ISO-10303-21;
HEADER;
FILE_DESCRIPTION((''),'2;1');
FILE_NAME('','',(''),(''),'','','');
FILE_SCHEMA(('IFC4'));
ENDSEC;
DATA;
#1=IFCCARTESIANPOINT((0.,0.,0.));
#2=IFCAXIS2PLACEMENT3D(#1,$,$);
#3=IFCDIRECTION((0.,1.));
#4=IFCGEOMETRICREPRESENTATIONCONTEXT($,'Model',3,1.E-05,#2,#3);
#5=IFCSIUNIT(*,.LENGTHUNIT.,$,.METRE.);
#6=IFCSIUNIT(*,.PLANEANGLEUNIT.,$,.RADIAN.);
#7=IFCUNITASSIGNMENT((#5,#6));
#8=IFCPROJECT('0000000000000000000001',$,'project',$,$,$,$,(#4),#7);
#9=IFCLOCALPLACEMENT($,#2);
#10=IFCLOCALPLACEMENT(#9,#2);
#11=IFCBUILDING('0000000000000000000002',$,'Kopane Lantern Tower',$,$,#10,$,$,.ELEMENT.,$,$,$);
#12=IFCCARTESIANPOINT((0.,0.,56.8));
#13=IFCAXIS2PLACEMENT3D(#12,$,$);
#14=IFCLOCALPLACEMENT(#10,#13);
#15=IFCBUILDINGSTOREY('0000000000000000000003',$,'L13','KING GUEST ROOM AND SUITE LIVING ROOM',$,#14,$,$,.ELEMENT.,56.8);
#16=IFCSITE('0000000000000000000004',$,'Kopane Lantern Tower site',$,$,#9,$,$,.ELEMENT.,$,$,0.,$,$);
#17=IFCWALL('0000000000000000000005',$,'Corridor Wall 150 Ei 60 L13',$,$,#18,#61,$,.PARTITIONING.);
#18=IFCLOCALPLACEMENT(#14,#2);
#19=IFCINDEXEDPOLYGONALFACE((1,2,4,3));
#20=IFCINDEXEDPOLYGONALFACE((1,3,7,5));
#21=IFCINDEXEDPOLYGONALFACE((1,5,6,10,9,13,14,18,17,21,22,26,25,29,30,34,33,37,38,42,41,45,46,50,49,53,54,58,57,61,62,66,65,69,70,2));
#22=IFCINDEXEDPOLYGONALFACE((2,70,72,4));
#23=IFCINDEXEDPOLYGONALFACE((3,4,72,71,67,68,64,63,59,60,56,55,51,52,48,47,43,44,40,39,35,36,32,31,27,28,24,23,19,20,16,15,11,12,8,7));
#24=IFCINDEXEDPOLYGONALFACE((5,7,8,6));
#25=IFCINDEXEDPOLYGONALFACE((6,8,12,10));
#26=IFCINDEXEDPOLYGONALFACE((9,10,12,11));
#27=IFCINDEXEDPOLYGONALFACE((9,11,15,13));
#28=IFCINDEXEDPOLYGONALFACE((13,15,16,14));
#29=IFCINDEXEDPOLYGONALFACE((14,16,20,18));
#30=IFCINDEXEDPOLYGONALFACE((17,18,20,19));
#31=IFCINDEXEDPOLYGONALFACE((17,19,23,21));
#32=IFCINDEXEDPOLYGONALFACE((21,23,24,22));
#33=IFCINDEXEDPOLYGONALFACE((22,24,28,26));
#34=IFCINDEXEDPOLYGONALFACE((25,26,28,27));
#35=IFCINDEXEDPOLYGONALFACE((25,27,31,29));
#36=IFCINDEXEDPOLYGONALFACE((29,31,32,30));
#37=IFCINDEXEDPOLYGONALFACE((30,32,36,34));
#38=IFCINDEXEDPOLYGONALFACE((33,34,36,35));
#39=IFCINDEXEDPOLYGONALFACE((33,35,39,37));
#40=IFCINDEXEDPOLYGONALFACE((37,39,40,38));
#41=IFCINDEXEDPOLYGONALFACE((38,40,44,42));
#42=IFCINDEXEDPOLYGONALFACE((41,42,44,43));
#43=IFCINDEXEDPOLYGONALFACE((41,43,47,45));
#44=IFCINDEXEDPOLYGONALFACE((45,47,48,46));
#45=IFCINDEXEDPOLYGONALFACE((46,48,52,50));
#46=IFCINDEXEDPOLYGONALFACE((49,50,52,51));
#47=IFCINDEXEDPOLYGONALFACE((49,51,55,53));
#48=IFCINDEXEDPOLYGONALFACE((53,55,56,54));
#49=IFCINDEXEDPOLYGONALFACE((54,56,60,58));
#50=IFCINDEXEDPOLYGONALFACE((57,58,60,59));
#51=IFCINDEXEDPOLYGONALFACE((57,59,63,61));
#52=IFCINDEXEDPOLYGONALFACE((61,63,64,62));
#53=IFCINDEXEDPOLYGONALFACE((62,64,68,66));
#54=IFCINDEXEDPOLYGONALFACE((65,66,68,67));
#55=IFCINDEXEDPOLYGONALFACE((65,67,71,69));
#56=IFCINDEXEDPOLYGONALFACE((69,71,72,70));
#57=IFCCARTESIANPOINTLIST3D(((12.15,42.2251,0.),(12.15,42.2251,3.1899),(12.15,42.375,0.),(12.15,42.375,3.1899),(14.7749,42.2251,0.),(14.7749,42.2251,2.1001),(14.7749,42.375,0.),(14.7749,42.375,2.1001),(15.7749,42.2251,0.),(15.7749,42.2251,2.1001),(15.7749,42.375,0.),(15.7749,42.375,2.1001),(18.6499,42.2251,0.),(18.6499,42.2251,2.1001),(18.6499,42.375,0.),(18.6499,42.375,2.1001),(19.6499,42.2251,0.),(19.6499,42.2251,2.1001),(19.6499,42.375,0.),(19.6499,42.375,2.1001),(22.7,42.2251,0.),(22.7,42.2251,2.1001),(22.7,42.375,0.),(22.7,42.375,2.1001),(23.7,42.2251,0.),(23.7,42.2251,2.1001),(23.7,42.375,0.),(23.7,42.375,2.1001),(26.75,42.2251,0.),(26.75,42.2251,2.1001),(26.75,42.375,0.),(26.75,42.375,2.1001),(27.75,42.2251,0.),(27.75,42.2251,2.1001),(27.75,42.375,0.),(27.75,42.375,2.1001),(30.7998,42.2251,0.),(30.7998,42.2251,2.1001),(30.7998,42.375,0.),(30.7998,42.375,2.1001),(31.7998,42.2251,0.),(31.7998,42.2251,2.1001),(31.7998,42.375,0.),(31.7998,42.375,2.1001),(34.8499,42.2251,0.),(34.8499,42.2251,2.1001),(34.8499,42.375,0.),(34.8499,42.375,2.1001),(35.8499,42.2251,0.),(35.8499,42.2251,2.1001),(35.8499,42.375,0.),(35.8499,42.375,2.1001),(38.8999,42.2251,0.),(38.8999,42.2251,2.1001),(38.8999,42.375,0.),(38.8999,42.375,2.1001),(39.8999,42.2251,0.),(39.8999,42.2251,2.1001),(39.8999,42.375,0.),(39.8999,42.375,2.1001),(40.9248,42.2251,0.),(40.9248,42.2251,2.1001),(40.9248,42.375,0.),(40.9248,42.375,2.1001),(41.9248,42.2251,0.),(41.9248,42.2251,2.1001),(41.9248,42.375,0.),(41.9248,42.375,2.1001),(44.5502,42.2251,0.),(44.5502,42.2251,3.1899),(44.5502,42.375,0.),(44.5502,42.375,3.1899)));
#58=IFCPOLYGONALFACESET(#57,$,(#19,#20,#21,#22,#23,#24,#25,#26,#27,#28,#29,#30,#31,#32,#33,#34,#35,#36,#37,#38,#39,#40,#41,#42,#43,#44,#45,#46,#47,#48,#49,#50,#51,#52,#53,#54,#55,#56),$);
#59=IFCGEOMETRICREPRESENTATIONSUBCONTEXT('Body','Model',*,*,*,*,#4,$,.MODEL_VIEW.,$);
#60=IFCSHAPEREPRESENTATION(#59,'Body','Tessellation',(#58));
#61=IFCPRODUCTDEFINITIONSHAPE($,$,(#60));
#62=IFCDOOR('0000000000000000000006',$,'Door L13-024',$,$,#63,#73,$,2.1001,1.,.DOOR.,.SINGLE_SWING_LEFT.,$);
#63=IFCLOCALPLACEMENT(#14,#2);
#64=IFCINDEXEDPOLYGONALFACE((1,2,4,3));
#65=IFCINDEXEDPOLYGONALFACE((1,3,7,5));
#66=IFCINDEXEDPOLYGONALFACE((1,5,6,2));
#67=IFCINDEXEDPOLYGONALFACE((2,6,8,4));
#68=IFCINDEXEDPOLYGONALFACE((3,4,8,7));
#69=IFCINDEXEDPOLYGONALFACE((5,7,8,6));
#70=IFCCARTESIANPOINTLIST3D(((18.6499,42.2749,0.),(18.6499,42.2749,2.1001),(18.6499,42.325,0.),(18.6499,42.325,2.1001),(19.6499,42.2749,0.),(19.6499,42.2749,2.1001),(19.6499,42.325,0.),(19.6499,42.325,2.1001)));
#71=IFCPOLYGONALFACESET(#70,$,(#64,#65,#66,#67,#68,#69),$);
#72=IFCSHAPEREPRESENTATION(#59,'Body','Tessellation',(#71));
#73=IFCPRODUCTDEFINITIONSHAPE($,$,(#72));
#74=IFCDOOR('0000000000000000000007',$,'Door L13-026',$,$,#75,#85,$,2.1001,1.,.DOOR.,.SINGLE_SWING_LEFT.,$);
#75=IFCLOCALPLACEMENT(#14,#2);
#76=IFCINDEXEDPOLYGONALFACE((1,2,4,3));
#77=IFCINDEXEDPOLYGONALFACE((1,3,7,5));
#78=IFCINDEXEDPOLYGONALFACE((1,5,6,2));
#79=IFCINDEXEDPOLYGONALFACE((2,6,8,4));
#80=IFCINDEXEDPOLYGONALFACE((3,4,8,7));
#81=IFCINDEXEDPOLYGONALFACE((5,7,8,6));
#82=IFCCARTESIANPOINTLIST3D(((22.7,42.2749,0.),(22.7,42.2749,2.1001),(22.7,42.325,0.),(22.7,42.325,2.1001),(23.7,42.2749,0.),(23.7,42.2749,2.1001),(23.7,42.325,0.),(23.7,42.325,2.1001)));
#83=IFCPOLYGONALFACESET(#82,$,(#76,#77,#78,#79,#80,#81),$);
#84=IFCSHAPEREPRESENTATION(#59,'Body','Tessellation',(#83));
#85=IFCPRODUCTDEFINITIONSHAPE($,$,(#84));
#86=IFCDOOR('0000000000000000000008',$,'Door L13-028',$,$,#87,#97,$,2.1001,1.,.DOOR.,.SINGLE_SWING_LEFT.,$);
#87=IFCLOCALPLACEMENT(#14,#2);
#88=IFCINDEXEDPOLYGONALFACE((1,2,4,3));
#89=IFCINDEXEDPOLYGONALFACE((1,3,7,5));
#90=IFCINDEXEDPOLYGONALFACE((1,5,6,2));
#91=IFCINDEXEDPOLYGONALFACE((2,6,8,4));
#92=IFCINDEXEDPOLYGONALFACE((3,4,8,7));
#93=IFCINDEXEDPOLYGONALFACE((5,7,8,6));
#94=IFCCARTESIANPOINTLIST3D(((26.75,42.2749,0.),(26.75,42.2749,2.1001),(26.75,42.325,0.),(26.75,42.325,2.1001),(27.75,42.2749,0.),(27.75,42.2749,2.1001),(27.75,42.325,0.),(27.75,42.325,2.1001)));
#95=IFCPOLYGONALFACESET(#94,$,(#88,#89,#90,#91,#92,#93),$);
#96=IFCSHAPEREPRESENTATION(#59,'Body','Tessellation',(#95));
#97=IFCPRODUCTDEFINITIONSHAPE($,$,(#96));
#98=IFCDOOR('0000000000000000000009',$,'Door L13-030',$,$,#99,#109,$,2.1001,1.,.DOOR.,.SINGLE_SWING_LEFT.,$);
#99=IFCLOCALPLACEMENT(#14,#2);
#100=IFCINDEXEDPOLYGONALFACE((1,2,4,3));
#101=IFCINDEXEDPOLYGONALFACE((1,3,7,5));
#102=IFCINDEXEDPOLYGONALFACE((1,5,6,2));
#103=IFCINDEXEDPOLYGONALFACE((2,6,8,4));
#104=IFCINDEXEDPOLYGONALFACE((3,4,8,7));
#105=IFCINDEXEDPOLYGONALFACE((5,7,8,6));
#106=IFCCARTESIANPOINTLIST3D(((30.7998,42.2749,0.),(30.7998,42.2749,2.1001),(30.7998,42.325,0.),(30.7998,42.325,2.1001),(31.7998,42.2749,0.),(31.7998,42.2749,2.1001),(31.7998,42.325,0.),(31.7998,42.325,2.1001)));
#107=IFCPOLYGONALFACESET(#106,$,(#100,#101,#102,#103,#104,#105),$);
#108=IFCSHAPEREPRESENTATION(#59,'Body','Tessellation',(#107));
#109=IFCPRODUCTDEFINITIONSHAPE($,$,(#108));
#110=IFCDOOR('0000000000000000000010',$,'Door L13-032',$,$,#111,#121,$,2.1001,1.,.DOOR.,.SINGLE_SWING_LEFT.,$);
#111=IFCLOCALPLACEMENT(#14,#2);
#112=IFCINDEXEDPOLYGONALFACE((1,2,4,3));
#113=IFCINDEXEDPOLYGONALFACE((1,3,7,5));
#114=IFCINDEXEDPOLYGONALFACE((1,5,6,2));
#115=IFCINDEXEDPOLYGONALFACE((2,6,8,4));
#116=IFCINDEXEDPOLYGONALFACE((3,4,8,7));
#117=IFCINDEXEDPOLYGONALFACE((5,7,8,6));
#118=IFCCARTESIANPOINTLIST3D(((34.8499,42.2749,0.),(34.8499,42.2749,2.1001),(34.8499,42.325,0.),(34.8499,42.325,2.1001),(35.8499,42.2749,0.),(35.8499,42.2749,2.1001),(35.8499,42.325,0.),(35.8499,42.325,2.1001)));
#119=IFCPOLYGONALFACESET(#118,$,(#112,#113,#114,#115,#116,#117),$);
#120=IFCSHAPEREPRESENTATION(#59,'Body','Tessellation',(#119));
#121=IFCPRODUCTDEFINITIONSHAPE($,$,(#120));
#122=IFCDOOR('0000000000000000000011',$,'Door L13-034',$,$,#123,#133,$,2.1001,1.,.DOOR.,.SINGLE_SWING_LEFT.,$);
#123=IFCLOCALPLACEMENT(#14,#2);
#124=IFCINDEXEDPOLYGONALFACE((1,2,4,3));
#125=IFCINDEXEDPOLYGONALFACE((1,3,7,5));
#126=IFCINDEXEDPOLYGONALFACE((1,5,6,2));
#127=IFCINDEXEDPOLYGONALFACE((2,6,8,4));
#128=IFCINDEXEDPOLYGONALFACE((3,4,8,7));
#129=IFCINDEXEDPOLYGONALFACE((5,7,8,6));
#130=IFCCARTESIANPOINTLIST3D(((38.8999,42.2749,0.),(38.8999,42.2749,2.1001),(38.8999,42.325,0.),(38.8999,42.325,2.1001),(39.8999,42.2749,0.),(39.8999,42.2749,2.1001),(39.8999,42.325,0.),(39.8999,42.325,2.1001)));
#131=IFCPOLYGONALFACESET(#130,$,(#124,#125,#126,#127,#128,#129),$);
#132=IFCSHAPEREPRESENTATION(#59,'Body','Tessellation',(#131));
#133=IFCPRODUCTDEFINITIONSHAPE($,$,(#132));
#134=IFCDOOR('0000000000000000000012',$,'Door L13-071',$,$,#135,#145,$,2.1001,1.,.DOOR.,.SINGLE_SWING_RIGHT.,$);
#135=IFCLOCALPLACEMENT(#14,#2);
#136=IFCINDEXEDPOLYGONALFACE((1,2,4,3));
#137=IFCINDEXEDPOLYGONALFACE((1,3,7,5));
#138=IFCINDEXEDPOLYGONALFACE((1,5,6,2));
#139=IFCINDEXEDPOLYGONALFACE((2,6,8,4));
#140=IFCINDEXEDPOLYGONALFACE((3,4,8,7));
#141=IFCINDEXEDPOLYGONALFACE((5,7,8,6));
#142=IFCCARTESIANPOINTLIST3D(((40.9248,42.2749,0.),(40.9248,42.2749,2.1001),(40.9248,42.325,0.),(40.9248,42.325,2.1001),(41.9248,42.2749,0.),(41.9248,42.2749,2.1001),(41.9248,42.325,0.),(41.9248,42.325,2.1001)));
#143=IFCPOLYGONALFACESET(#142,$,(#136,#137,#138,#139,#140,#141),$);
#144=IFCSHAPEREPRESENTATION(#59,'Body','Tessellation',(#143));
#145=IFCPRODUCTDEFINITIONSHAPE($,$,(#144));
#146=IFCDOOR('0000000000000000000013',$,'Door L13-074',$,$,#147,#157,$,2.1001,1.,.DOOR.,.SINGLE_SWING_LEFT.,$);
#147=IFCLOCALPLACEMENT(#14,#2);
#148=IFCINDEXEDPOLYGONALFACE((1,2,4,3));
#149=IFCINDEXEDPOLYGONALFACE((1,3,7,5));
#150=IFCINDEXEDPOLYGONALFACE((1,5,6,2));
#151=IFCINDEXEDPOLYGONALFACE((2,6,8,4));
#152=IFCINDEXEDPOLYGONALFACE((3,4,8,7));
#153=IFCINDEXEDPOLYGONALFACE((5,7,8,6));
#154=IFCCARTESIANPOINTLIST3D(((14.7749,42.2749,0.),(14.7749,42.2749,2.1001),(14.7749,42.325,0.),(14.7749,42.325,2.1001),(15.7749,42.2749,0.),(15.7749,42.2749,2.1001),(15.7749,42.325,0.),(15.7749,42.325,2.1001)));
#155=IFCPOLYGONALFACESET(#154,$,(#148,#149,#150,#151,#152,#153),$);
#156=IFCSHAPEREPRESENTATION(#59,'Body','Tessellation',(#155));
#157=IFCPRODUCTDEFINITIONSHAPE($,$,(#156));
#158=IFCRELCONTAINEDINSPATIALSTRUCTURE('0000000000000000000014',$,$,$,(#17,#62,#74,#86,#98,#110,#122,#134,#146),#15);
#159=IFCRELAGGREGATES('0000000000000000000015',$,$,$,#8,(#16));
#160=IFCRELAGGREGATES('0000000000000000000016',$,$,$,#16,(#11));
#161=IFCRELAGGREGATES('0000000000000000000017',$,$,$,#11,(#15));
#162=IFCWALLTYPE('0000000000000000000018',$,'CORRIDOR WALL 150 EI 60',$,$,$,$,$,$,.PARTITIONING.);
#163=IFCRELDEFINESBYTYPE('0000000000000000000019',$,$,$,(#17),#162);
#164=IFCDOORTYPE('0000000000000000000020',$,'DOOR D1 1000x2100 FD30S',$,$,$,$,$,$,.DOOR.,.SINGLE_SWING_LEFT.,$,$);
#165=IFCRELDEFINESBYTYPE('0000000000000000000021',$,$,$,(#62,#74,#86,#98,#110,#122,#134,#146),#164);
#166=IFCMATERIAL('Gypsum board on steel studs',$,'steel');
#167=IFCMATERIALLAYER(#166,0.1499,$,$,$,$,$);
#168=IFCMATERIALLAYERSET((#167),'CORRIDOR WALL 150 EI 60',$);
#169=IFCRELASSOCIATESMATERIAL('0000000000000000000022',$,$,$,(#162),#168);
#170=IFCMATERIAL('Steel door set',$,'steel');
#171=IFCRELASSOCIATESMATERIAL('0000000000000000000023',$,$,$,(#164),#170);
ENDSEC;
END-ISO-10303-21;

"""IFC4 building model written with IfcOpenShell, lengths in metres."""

from ifc_helpers import new_model, si_unit, direction, frame, frame_2d, origin, place, context, subcontext, project, spatial, rectangle, extrude, material, layer, layer_set, type_object, element, fill, save


model = new_model("IFC4")

# Units and contexts
model_context = context("Model", 3, precision=1e-05, world=origin(), true_north=direction((0.0, 1.0)))
body_context = subcontext(model_context, "Body", "Model", "MODEL_VIEW")
ifc_project = project(units=[si_unit("LENGTHUNIT", "METRE"), si_unit("PLANEANGLEUNIT", "RADIAN")], contexts=[model_context])

# Site, building, storey
site_placement = place(None, origin())
site = spatial("IfcSite", under=ifc_project, at=site_placement, Name="Kopane Lantern Tower site", CompositionType="ELEMENT", RefElevation=0.0)
building_placement = place(site_placement, origin())
building = spatial("IfcBuilding", under=site, at=building_placement, Name="Kopane Lantern Tower", CompositionType="ELEMENT")
storey_placement = place(building_placement, frame((0.0, 0.0, 56.8)))
storey = spatial("IfcBuildingStorey", under=building, at=storey_placement, Name="L13", Description="KING GUEST ROOM AND SUITE LIVING ROOM", CompositionType="ELEMENT", Elevation=56.8)

# Wall, openings, doors
ifc_material_1 = material(Name="Gypsum board on steel studs", Category="steel")
ifc_layer_1 = layer(ifc_material_1, 0.1499)
ifc_layer_set_1 = layer_set([ifc_layer_1], Name="CORRIDOR WALL 150 EI 60")
wall_type_1 = type_object("IfcWallType", Name="CORRIDOR WALL 150 EI 60", PredefinedType="PARTITIONING", material=ifc_layer_set_1)
wall_1_placement = place(storey_placement, frame((12.1499, 42.3, 0.0), z_axis=(0.0, 0.0, 1.0), x_axis=(1.0, 0.0, 0.0)))
wall_1 = element("IfcWall", 1, at=wall_1_placement, inside=storey, type_object=wall_type_1, Name="Corridor Wall 150 Ei 60 L13", PredefinedType="PARTITIONING", context=body_context, shape_type="SweptSolid", body=[
    extrude(rectangle(XDim=32.4001, YDim=0.1499, at=frame_2d((16.2002, 0.0))), origin(), (0.0, 0.0, 1.0), 3.1899),
])
opening_1_placement = place(wall_1_placement, frame((6.5, 0.0, 0.0)))
opening_1 = element("IfcOpeningElement", 2, at=opening_1_placement, cuts=wall_1, PredefinedType="OPENING", context=body_context, shape_type="SweptSolid", body=[
    extrude(rectangle(XDim=1.0, YDim=2.1001, at=frame_2d((0.5, 1.05))), frame((0.0, 0.085, 0.0), z_axis=(0.0, -1.0, 0.0), x_axis=(1.0, 0.0, 0.0)), (0.0, 0.0, 1.0), 0.1699),
])
opening_2_placement = place(wall_1_placement, frame((10.55, 0.0, 0.0)))
opening_2 = element("IfcOpeningElement", 3, at=opening_2_placement, cuts=wall_1, PredefinedType="OPENING", context=body_context, shape_type="SweptSolid", body=[
    extrude(rectangle(XDim=1.0, YDim=2.1001, at=frame_2d((0.5, 1.05))), frame((0.0, 0.085, 0.0), z_axis=(0.0, -1.0, 0.0), x_axis=(1.0, 0.0, 0.0)), (0.0, 0.0, 1.0), 0.1699),
])
opening_3_placement = place(wall_1_placement, frame((14.6001, 0.0, 0.0)))
opening_3 = element("IfcOpeningElement", 4, at=opening_3_placement, cuts=wall_1, PredefinedType="OPENING", context=body_context, shape_type="SweptSolid", body=[
    extrude(rectangle(XDim=1.0, YDim=2.1001, at=frame_2d((0.5, 1.05))), frame((0.0, 0.085, 0.0), z_axis=(0.0, -1.0, 0.0), x_axis=(1.0, 0.0, 0.0)), (0.0, 0.0, 1.0), 0.1699),
])
opening_4_placement = place(wall_1_placement, frame((18.6499, 0.0, 0.0)))
opening_4 = element("IfcOpeningElement", 5, at=opening_4_placement, cuts=wall_1, PredefinedType="OPENING", context=body_context, shape_type="SweptSolid", body=[
    extrude(rectangle(XDim=1.0, YDim=2.1001, at=frame_2d((0.5, 1.05))), frame((0.0, 0.085, 0.0), z_axis=(0.0, -1.0, 0.0), x_axis=(1.0, 0.0, 0.0)), (0.0, 0.0, 1.0), 0.1699),
])
opening_5_placement = place(wall_1_placement, frame((22.7, 0.0, 0.0)))
opening_5 = element("IfcOpeningElement", 6, at=opening_5_placement, cuts=wall_1, PredefinedType="OPENING", context=body_context, shape_type="SweptSolid", body=[
    extrude(rectangle(XDim=1.0, YDim=2.1001, at=frame_2d((0.5, 1.05))), frame((0.0, 0.085, 0.0), z_axis=(0.0, -1.0, 0.0), x_axis=(1.0, 0.0, 0.0)), (0.0, 0.0, 1.0), 0.1699),
])
opening_6_placement = place(wall_1_placement, frame((26.75, 0.0, 0.0)))
opening_6 = element("IfcOpeningElement", 7, at=opening_6_placement, cuts=wall_1, PredefinedType="OPENING", context=body_context, shape_type="SweptSolid", body=[
    extrude(rectangle(XDim=1.0, YDim=2.1001, at=frame_2d((0.5, 1.05))), frame((0.0, 0.085, 0.0), z_axis=(0.0, -1.0, 0.0), x_axis=(1.0, 0.0, 0.0)), (0.0, 0.0, 1.0), 0.1699),
])
opening_7_placement = place(wall_1_placement, frame((28.7749, 0.0, 0.0)))
opening_7 = element("IfcOpeningElement", 8, at=opening_7_placement, cuts=wall_1, PredefinedType="OPENING", context=body_context, shape_type="SweptSolid", body=[
    extrude(rectangle(XDim=1.0, YDim=2.1001, at=frame_2d((0.5, 1.05))), frame((0.0, 0.085, 0.0), z_axis=(0.0, -1.0, 0.0), x_axis=(1.0, 0.0, 0.0)), (0.0, 0.0, 1.0), 0.1699),
])
opening_8_placement = place(wall_1_placement, frame((2.625, 0.0, 0.0)))
opening_8 = element("IfcOpeningElement", 9, at=opening_8_placement, cuts=wall_1, PredefinedType="OPENING", context=body_context, shape_type="SweptSolid", body=[
    extrude(rectangle(XDim=1.0, YDim=2.1001, at=frame_2d((0.5, 1.05))), frame((0.0, 0.085, 0.0), z_axis=(0.0, -1.0, 0.0), x_axis=(1.0, 0.0, 0.0)), (0.0, 0.0, 1.0), 0.1699),
])
ifc_material_2 = material(Name="Steel door set", Category="steel")
door_type_1 = type_object("IfcDoorType", Name="DOOR D1 1000x2100 FD30S", OperationType="SINGLE_SWING_LEFT", PredefinedType="DOOR", material=ifc_material_2)
door_1_placement = place(opening_1_placement, origin())
door_1 = element("IfcDoor", 10, at=door_1_placement, inside=storey, type_object=door_type_1, Name="Door L13-024", OperationType="SINGLE_SWING_LEFT", OverallHeight=2.1001, OverallWidth=1.0, PredefinedType="DOOR", context=body_context, shape_type="SweptSolid", body=[
    extrude(rectangle(XDim=1.0, YDim=2.1001, at=frame_2d((0.5, 1.05))), frame((0.0, 0.0249, 0.0), z_axis=(0.0, -1.0, 0.0), x_axis=(1.0, 0.0, 0.0)), (0.0, 0.0, 1.0), 0.05),
])
fill(opening_1, door_1)
door_2_placement = place(opening_2_placement, origin())
door_2 = element("IfcDoor", 11, at=door_2_placement, inside=storey, type_object=door_type_1, Name="Door L13-026", OperationType="SINGLE_SWING_LEFT", OverallHeight=2.1001, OverallWidth=1.0, PredefinedType="DOOR", context=body_context, shape_type="SweptSolid", body=[
    extrude(rectangle(XDim=1.0, YDim=2.1001, at=frame_2d((0.5, 1.05))), frame((0.0, 0.0249, 0.0), z_axis=(0.0, -1.0, 0.0), x_axis=(1.0, 0.0, 0.0)), (0.0, 0.0, 1.0), 0.05),
])
fill(opening_2, door_2)
door_3_placement = place(opening_3_placement, origin())
door_3 = element("IfcDoor", 12, at=door_3_placement, inside=storey, type_object=door_type_1, Name="Door L13-028", OperationType="SINGLE_SWING_LEFT", OverallHeight=2.1001, OverallWidth=1.0, PredefinedType="DOOR", context=body_context, shape_type="SweptSolid", body=[
    extrude(rectangle(XDim=1.0, YDim=2.1001, at=frame_2d((0.5, 1.05))), frame((0.0, 0.0249, 0.0), z_axis=(0.0, -1.0, 0.0), x_axis=(1.0, 0.0, 0.0)), (0.0, 0.0, 1.0), 0.05),
])
fill(opening_3, door_3)
door_4_placement = place(opening_4_placement, origin())
door_4 = element("IfcDoor", 13, at=door_4_placement, inside=storey, type_object=door_type_1, Name="Door L13-030", OperationType="SINGLE_SWING_LEFT", OverallHeight=2.1001, OverallWidth=1.0, PredefinedType="DOOR", context=body_context, shape_type="SweptSolid", body=[
    extrude(rectangle(XDim=1.0, YDim=2.1001, at=frame_2d((0.5, 1.05))), frame((0.0, 0.0249, 0.0), z_axis=(0.0, -1.0, 0.0), x_axis=(1.0, 0.0, 0.0)), (0.0, 0.0, 1.0), 0.05),
])
fill(opening_4, door_4)
door_5_placement = place(opening_5_placement, origin())
door_5 = element("IfcDoor", 14, at=door_5_placement, inside=storey, type_object=door_type_1, Name="Door L13-032", OperationType="SINGLE_SWING_LEFT", OverallHeight=2.1001, OverallWidth=1.0, PredefinedType="DOOR", context=body_context, shape_type="SweptSolid", body=[
    extrude(rectangle(XDim=1.0, YDim=2.1001, at=frame_2d((0.5, 1.05))), frame((0.0, 0.0249, 0.0), z_axis=(0.0, -1.0, 0.0), x_axis=(1.0, 0.0, 0.0)), (0.0, 0.0, 1.0), 0.05),
])
fill(opening_5, door_5)
door_6_placement = place(opening_6_placement, origin())
door_6 = element("IfcDoor", 15, at=door_6_placement, inside=storey, type_object=door_type_1, Name="Door L13-034", OperationType="SINGLE_SWING_LEFT", OverallHeight=2.1001, OverallWidth=1.0, PredefinedType="DOOR", context=body_context, shape_type="SweptSolid", body=[
    extrude(rectangle(XDim=1.0, YDim=2.1001, at=frame_2d((0.5, 1.05))), frame((0.0, 0.0249, 0.0), z_axis=(0.0, -1.0, 0.0), x_axis=(1.0, 0.0, 0.0)), (0.0, 0.0, 1.0), 0.05),
])
fill(opening_6, door_6)
door_7_placement = place(opening_7_placement, origin())
door_7 = element("IfcDoor", 16, at=door_7_placement, inside=storey, type_object=door_type_1, Name="Door L13-071", OperationType="SINGLE_SWING_RIGHT", OverallHeight=2.1001, OverallWidth=1.0, PredefinedType="DOOR", context=body_context, shape_type="SweptSolid", body=[
    extrude(rectangle(XDim=1.0, YDim=2.1001, at=frame_2d((0.5, 1.05))), frame((0.0, 0.0249, 0.0), z_axis=(0.0, -1.0, 0.0), x_axis=(1.0, 0.0, 0.0)), (0.0, 0.0, 1.0), 0.05),
])
fill(opening_7, door_7)
door_8_placement = place(opening_8_placement, origin())
door_8 = element("IfcDoor", 17, at=door_8_placement, inside=storey, type_object=door_type_1, Name="Door L13-074", OperationType="SINGLE_SWING_LEFT", OverallHeight=2.1001, OverallWidth=1.0, PredefinedType="DOOR", context=body_context, shape_type="SweptSolid", body=[
    extrude(rectangle(XDim=1.0, YDim=2.1001, at=frame_2d((0.5, 1.05))), frame((0.0, 0.0249, 0.0), z_axis=(0.0, -1.0, 0.0), x_axis=(1.0, 0.0, 0.0)), (0.0, 0.0, 1.0), 0.05),
])
fill(opening_8, door_8)

save(model, "model.ifc")
